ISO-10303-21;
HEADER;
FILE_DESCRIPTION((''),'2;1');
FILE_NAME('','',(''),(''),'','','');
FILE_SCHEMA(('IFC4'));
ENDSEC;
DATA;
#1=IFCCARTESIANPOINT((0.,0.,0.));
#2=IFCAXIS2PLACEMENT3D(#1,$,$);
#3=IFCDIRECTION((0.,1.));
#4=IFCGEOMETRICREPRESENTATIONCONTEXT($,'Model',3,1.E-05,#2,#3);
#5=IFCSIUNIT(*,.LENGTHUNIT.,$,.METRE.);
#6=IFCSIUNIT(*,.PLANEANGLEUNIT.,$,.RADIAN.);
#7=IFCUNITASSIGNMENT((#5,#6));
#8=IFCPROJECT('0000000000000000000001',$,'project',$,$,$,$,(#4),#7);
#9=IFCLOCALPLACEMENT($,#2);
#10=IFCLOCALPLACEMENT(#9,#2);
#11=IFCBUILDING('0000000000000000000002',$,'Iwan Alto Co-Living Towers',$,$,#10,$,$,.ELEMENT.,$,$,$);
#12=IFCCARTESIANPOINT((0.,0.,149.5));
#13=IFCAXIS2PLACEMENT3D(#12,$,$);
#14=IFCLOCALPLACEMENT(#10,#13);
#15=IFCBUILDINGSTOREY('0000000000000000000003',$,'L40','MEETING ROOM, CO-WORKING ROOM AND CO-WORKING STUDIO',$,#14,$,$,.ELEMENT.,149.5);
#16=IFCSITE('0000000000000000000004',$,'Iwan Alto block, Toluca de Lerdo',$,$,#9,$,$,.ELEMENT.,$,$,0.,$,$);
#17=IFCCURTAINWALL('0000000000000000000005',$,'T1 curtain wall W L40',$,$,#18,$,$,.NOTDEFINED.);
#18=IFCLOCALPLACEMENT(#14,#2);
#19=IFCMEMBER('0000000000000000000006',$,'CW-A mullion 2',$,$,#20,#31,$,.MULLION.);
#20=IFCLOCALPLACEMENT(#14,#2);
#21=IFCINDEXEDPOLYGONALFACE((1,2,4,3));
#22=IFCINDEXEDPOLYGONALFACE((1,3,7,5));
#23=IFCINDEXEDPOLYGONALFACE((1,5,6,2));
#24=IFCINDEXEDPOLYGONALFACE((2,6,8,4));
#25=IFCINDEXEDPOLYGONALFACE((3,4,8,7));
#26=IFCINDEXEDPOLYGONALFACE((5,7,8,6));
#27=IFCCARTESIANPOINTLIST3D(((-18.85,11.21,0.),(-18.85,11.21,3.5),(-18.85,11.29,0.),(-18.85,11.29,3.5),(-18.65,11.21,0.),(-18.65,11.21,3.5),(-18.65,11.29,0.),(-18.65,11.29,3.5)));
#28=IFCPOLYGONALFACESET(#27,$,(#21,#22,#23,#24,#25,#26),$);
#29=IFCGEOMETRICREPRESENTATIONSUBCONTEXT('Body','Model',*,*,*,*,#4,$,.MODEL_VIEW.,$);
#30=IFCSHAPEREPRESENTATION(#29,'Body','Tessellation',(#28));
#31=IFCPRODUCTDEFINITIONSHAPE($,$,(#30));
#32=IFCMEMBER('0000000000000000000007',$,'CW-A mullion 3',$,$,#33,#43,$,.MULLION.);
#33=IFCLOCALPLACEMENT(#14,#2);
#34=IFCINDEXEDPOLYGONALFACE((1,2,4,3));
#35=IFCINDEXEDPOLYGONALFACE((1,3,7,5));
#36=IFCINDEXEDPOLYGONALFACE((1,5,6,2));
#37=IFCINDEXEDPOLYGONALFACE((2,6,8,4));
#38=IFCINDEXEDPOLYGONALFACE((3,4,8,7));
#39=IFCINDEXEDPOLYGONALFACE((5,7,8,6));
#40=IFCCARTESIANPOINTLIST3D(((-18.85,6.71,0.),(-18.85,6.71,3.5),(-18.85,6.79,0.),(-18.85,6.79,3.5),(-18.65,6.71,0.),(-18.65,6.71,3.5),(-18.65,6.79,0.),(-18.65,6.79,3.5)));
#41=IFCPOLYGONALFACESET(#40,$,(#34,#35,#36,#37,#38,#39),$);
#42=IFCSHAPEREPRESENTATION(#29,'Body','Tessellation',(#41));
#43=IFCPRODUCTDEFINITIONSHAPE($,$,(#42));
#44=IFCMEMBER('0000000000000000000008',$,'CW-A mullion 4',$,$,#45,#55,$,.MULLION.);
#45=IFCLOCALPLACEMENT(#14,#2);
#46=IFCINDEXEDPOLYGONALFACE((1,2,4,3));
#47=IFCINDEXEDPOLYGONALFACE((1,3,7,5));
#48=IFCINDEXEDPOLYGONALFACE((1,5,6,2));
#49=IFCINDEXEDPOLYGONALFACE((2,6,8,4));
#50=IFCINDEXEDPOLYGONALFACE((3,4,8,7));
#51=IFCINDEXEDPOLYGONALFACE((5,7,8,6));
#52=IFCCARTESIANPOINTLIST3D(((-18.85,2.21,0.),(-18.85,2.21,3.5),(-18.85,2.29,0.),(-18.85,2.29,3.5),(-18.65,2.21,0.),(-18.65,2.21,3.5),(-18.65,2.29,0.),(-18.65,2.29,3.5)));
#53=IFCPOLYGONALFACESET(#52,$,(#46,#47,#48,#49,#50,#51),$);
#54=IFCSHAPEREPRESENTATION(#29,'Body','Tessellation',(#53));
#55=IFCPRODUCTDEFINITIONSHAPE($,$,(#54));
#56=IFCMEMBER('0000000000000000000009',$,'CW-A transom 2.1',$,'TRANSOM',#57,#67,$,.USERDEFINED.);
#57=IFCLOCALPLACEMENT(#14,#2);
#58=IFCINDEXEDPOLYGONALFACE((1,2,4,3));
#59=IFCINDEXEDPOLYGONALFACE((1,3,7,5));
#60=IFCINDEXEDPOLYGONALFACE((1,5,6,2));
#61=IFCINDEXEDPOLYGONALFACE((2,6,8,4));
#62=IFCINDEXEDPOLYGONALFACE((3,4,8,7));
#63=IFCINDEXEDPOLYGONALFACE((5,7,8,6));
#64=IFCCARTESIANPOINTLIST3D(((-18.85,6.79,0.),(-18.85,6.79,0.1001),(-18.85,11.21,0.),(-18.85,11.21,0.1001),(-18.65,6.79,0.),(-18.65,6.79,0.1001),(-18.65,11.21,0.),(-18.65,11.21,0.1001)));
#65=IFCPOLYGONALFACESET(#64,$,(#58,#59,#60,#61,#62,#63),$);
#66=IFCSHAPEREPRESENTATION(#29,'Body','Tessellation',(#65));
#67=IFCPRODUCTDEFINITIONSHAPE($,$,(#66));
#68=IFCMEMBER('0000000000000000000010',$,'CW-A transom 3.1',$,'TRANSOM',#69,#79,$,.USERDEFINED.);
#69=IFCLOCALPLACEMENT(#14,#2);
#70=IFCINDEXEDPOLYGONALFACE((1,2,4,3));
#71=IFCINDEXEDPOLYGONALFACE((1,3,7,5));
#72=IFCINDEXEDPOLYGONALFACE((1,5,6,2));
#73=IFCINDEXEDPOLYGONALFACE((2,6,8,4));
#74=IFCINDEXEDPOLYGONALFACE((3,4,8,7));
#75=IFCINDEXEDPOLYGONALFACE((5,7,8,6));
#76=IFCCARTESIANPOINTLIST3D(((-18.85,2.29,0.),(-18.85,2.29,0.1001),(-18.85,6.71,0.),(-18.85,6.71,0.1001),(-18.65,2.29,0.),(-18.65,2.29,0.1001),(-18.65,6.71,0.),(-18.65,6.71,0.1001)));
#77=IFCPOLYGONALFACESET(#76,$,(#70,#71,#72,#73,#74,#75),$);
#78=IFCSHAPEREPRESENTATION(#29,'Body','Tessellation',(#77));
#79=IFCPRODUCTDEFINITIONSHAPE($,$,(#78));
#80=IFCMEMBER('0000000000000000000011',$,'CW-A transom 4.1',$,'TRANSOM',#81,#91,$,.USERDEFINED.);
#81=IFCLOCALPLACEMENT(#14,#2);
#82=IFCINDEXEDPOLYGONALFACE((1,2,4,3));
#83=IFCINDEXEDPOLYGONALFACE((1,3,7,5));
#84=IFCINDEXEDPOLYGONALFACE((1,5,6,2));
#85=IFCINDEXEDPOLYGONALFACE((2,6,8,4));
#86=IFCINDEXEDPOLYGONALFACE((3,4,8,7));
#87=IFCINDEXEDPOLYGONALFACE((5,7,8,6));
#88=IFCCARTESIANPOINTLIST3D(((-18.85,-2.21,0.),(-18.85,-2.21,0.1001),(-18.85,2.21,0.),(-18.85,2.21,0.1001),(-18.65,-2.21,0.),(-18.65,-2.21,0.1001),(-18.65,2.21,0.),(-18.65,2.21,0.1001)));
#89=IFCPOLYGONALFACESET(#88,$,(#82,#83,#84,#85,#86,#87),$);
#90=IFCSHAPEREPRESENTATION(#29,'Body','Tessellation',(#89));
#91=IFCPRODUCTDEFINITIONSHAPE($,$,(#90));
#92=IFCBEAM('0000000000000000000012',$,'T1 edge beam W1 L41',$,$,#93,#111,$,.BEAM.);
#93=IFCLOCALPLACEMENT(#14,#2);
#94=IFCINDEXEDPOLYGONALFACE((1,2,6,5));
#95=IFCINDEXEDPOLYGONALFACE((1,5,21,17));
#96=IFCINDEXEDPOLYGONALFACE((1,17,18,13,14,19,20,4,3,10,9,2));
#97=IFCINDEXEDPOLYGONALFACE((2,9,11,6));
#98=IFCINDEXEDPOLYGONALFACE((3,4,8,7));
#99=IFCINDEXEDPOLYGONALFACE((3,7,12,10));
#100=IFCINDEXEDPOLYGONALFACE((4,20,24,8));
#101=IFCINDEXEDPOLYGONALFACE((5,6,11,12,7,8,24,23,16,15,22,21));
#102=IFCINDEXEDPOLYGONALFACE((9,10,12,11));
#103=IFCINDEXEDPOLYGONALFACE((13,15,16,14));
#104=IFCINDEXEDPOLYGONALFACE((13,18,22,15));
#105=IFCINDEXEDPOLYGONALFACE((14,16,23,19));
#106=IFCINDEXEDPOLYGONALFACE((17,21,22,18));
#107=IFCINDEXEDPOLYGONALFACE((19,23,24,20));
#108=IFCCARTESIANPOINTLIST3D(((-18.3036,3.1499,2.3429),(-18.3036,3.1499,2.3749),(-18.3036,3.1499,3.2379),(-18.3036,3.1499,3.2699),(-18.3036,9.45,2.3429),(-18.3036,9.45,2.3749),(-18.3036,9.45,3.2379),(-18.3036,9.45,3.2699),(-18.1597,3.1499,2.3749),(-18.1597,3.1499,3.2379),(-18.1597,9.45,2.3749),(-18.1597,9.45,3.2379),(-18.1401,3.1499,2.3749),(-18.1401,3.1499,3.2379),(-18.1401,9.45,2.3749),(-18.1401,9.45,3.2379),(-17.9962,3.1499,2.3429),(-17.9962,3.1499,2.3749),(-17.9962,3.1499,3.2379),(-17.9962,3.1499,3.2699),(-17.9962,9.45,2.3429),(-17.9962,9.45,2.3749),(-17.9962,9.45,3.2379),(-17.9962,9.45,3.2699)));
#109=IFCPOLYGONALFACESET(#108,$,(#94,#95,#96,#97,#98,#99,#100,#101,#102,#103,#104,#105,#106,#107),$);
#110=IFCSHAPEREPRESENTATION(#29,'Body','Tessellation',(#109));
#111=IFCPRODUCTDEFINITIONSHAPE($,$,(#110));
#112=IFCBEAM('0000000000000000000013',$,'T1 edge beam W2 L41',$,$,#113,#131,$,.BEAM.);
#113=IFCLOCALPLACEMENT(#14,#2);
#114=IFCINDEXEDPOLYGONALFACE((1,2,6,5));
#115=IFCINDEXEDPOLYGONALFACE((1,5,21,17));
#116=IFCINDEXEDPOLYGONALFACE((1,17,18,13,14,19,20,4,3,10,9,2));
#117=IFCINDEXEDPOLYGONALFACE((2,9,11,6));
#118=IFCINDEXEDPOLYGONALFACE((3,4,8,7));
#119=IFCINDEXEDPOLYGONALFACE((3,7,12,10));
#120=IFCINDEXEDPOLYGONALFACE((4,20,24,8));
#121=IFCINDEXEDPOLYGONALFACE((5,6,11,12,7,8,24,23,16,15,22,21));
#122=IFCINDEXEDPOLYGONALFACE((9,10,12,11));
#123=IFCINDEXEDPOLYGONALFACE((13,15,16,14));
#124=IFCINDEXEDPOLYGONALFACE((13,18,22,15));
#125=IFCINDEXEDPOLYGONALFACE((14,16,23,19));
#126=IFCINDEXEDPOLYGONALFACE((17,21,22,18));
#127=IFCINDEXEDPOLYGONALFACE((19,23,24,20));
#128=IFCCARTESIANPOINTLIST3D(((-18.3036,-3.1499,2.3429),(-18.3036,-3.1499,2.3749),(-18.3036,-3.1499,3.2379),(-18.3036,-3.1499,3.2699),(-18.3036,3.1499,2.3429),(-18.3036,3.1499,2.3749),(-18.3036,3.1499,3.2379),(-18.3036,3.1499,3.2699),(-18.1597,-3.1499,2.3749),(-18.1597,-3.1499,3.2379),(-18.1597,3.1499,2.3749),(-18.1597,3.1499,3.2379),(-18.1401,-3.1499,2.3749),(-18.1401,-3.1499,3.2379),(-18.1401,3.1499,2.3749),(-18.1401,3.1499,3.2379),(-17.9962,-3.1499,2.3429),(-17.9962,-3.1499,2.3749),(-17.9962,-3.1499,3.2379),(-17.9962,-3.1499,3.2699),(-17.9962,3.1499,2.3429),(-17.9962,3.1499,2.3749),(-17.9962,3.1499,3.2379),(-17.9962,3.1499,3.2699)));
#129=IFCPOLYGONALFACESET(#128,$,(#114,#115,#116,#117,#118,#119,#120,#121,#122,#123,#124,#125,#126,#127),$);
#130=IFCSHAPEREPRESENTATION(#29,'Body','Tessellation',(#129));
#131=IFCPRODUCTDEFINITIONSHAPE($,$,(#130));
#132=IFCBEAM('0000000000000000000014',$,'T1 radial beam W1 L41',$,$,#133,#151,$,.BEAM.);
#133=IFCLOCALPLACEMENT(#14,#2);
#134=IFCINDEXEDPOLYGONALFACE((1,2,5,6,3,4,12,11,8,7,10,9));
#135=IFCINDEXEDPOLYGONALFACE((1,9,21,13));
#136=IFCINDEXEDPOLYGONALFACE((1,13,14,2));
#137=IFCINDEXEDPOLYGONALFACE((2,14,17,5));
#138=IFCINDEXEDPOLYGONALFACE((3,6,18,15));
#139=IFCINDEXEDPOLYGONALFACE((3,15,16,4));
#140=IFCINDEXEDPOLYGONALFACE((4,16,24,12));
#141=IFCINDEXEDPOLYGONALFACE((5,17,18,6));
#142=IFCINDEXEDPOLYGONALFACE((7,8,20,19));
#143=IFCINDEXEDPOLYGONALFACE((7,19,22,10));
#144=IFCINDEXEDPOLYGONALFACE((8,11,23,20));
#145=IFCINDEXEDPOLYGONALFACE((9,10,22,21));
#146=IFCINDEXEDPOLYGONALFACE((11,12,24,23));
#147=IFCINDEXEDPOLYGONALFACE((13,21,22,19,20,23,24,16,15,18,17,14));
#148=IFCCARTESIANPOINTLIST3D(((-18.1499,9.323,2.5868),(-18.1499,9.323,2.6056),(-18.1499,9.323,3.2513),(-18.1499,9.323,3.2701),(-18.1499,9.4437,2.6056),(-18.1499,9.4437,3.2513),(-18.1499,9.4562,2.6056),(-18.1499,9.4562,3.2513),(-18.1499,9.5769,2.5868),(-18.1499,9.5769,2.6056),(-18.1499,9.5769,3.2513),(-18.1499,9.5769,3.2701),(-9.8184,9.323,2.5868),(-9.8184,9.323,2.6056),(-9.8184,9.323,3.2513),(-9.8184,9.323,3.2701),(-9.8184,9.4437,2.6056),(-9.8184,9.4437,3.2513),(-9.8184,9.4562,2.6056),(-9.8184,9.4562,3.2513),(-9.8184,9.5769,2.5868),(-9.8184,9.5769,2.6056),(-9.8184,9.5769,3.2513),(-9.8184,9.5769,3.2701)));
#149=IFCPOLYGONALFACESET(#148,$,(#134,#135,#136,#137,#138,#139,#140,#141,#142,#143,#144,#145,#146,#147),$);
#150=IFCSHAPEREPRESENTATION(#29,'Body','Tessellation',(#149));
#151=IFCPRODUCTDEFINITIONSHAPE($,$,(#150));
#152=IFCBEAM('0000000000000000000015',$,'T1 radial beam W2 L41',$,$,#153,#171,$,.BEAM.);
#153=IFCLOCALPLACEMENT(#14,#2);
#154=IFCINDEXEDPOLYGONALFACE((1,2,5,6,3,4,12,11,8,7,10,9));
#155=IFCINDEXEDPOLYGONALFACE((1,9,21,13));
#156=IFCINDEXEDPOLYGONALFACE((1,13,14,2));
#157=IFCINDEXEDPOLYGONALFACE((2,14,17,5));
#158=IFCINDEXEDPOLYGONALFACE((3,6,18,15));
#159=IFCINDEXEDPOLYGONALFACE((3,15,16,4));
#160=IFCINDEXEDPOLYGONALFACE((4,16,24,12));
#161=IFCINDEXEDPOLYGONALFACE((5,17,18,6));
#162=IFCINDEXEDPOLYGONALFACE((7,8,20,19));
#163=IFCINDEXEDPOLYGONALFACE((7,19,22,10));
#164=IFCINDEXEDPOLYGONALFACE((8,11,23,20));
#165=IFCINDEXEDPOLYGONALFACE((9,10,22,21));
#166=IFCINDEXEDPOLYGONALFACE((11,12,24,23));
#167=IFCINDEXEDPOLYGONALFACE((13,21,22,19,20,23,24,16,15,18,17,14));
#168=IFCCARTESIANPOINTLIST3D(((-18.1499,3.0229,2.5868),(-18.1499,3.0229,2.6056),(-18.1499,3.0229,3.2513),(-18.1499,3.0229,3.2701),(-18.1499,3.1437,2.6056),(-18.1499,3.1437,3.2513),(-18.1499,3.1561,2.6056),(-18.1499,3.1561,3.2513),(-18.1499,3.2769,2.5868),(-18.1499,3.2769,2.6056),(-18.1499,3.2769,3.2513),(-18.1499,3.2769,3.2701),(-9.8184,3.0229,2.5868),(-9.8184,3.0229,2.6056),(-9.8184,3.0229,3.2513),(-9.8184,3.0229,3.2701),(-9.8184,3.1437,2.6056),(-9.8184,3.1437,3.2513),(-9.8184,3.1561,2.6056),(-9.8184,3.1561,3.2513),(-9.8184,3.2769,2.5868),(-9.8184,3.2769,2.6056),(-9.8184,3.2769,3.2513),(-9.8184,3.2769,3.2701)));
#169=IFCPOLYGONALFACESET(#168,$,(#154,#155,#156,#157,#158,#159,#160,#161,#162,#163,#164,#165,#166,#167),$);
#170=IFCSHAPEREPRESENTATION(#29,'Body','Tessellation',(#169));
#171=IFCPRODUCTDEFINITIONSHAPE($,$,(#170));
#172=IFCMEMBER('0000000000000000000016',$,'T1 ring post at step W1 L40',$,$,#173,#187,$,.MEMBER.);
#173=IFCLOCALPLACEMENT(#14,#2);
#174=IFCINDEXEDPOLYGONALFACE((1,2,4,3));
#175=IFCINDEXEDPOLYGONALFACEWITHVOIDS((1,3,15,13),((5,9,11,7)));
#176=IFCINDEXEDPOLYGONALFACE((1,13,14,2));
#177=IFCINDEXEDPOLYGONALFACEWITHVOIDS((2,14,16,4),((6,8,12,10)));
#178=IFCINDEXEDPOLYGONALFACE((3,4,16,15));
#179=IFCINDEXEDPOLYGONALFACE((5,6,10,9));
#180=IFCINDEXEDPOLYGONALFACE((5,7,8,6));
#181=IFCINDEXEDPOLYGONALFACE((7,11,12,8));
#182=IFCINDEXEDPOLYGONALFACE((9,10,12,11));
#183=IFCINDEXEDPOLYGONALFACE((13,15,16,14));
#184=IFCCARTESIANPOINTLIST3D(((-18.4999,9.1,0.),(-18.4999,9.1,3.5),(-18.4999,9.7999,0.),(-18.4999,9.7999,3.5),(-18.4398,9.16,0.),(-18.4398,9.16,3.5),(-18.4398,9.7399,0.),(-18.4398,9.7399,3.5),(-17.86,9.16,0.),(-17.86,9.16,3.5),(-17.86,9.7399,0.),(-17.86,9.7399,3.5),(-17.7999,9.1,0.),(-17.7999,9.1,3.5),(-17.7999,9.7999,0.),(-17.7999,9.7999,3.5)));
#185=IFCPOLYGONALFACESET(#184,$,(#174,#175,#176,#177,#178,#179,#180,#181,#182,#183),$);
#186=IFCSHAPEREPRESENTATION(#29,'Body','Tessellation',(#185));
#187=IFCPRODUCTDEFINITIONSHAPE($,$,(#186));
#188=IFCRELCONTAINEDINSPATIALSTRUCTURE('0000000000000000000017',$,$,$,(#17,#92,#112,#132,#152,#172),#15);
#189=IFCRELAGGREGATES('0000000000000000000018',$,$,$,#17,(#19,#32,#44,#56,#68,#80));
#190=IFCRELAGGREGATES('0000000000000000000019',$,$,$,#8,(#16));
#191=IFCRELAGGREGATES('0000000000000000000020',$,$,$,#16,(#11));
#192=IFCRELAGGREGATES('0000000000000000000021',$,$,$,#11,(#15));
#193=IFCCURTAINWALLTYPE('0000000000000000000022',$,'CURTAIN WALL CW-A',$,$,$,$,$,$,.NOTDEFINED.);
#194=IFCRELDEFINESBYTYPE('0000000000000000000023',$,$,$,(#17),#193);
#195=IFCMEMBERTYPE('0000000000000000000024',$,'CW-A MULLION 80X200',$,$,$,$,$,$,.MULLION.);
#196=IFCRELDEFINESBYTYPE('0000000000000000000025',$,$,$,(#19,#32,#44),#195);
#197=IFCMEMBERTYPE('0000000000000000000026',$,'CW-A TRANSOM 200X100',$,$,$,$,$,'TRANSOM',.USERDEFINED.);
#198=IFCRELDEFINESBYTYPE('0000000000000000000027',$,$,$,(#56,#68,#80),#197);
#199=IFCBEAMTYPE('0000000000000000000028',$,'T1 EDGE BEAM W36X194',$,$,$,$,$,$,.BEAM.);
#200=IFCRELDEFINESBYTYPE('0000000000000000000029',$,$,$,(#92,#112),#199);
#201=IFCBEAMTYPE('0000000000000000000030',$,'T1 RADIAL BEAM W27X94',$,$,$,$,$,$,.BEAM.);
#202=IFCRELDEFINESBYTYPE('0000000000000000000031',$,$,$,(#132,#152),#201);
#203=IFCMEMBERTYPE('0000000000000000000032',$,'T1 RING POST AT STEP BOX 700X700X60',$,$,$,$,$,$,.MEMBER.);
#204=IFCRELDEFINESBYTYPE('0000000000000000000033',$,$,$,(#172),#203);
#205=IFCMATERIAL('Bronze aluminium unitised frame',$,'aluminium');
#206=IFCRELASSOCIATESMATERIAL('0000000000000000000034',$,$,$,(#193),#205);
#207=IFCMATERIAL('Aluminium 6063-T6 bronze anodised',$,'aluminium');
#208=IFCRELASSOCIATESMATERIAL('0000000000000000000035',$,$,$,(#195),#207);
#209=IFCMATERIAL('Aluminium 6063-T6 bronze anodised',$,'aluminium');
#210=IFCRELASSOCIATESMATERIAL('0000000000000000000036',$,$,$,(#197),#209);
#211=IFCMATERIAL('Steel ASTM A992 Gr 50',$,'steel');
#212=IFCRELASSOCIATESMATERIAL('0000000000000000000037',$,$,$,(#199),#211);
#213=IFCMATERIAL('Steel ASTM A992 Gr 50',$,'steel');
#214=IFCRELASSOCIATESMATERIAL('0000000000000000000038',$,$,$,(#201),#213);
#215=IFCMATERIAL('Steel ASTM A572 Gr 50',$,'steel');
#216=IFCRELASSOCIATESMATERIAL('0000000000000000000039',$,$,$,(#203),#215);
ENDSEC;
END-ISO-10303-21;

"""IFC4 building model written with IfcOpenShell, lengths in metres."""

from ifc_helpers import new_model, si_unit, direction, frame, origin, origin_2d, place, context, subcontext, project, spatial, rectangle, hollow_rectangle, i_section, extrude, material, material_profile, profile_set, type_object, element, aggregate, save


model = new_model("IFC4")

# Units and contexts
model_context = context("Model", 3, precision=1e-05, world=origin(), true_north=direction((0.0, 1.0)))
body_context = subcontext(model_context, "Body", "Model", "MODEL_VIEW")
ifc_project = project(units=[si_unit("LENGTHUNIT", "METRE"), si_unit("PLANEANGLEUNIT", "RADIAN")], contexts=[model_context])

# Site, building, storey
site_placement = place(None, origin())
site = spatial("IfcSite", under=ifc_project, at=site_placement, Name="Iwan Alto block, Toluca de Lerdo", CompositionType="ELEMENT", RefElevation=0.0)
building_placement = place(site_placement, origin())
building = spatial("IfcBuilding", under=site, at=building_placement, Name="Iwan Alto Co-Living Towers", CompositionType="ELEMENT")
storey_placement = place(building_placement, frame((0.0, 0.0, 149.5)))
storey = spatial("IfcBuildingStorey", under=building, at=storey_placement, Name="L40", Description="MEETING ROOM, CO-WORKING ROOM AND CO-WORKING STUDIO", CompositionType="ELEMENT", Elevation=149.5)

# Curtain wall, members
ifc_material_1 = material(Name="Bronze aluminium unitised frame", Category="aluminium")
curtain_wall_type = type_object("IfcCurtainWallType", Name="CURTAIN WALL CW-A", PredefinedType="NOTDEFINED", material=ifc_material_1)
curtain_wall_placement = place(storey_placement, origin())
curtain_wall = element("IfcCurtainWall", 1, at=curtain_wall_placement, inside=storey, type_object=curtain_wall_type, Name="T1 curtain wall W L40", PredefinedType="NOTDEFINED")
ifc_material_2 = material(Name="Aluminium 6063-T6 bronze anodised", Category="aluminium")
ifc_material_profile_1 = material_profile(ifc_material_2, rectangle(XDim=0.2, YDim=0.0801, at=origin_2d()), Name="AL 80X200")
ifc_profile_set_1 = profile_set([ifc_material_profile_1], Name="Aluminium 6063-T6 bronze anodised")
member_type_1 = type_object("IfcMemberType", Name="CW-A MULLION 80X200", PredefinedType="MULLION", material=ifc_profile_set_1)
member_1_placement = place(storey_placement, frame((-18.75, 11.25, 0.0), z_axis=(0.0, 0.0, 1.0), x_axis=(1.0, 0.0, 0.0)))
member_1 = element("IfcMember", 2, at=member_1_placement, type_object=member_type_1, Name="CW-A mullion 2", PredefinedType="MULLION", context=body_context, shape_type="SweptSolid", body=[
    extrude(rectangle(XDim=0.2, YDim=0.0801, at=origin_2d()), origin(), (0.0, 0.0, 1.0), 3.5),
])
member_2_placement = place(storey_placement, frame((-18.75, 6.75, 0.0), z_axis=(0.0, 0.0, 1.0), x_axis=(1.0, 0.0, 0.0)))
member_2 = element("IfcMember", 3, at=member_2_placement, type_object=member_type_1, Name="CW-A mullion 3", PredefinedType="MULLION", context=body_context, shape_type="SweptSolid", body=[
    extrude(rectangle(XDim=0.2, YDim=0.0801, at=origin_2d()), origin(), (0.0, 0.0, 1.0), 3.5),
])
member_3_placement = place(storey_placement, frame((-18.75, 2.25, 0.0), z_axis=(0.0, 0.0, 1.0), x_axis=(1.0, 0.0, 0.0)))
member_3 = element("IfcMember", 4, at=member_3_placement, type_object=member_type_1, Name="CW-A mullion 4", PredefinedType="MULLION", context=body_context, shape_type="SweptSolid", body=[
    extrude(rectangle(XDim=0.2, YDim=0.0801, at=origin_2d()), origin(), (0.0, 0.0, 1.0), 3.5),
])
ifc_material_3 = material(Name="Aluminium 6063-T6 bronze anodised", Category="aluminium")
ifc_material_profile_2 = material_profile(ifc_material_3, rectangle(XDim=0.2, YDim=0.1001, at=origin_2d()), Name="AL 200X100")
ifc_profile_set_2 = profile_set([ifc_material_profile_2], Name="Aluminium 6063-T6 bronze anodised")
member_type_2 = type_object("IfcMemberType", Name="CW-A TRANSOM 200X100", ElementType="TRANSOM", PredefinedType="USERDEFINED", material=ifc_profile_set_2)
member_4_placement = place(storey_placement, frame((-18.75, 11.21, 0.05), z_axis=(0.0, -1.0, 0.0), x_axis=(1.0, 0.0, 0.0)))
member_4 = element("IfcMember", 5, at=member_4_placement, type_object=member_type_2, Name="CW-A transom 2.1", ObjectType="TRANSOM", PredefinedType="USERDEFINED", context=body_context, shape_type="SweptSolid", body=[
    extrude(rectangle(XDim=0.2, YDim=0.1001, at=origin_2d()), origin(), (0.0, 0.0, 1.0), 4.4199),
])
member_5_placement = place(storey_placement, frame((-18.75, 6.71, 0.05), z_axis=(0.0, -1.0, 0.0), x_axis=(1.0, 0.0, 0.0)))
member_5 = element("IfcMember", 6, at=member_5_placement, type_object=member_type_2, Name="CW-A transom 3.1", ObjectType="TRANSOM", PredefinedType="USERDEFINED", context=body_context, shape_type="SweptSolid", body=[
    extrude(rectangle(XDim=0.2, YDim=0.1001, at=origin_2d()), origin(), (0.0, 0.0, 1.0), 4.4199),
])
member_6_placement = place(storey_placement, frame((-18.75, 2.21, 0.05), z_axis=(0.0, -1.0, 0.0), x_axis=(1.0, 0.0, 0.0)))
member_6 = element("IfcMember", 7, at=member_6_placement, type_object=member_type_2, Name="CW-A transom 4.1", ObjectType="TRANSOM", PredefinedType="USERDEFINED", context=body_context, shape_type="SweptSolid", body=[
    extrude(rectangle(XDim=0.2, YDim=0.1001, at=origin_2d()), origin(), (0.0, 0.0, 1.0), 4.4199),
])

# Beams
ifc_material_4 = material(Name="Steel ASTM A992 Gr 50", Category="steel")
ifc_material_profile_3 = material_profile(ifc_material_4, i_section(OverallWidth=0.3074, OverallDepth=0.927, WebThickness=0.0195, FlangeThickness=0.032, at=origin_2d()), Name="W36X194")
ifc_profile_set_3 = profile_set([ifc_material_profile_3], Name="Steel ASTM A992 Gr 50")
beam_type_1 = type_object("IfcBeamType", Name="T1 EDGE BEAM W36X194", PredefinedType="BEAM", material=ifc_profile_set_3)
beam_1_placement = place(storey_placement, frame((-18.1499, 9.45, 2.8064), z_axis=(0.0, -1.0, 0.0), x_axis=(1.0, 0.0, 0.0)))
element("IfcBeam", 8, at=beam_1_placement, inside=storey, type_object=beam_type_1, Name="T1 edge beam W1 L41", PredefinedType="BEAM", context=body_context, shape_type="SweptSolid", body=[
    extrude(i_section(OverallWidth=0.3074, OverallDepth=0.927, WebThickness=0.0195, FlangeThickness=0.032, at=origin_2d()), origin(), (0.0, 0.0, 1.0), 6.3),
])
beam_2_placement = place(storey_placement, frame((-18.1499, 3.1499, 2.8064), z_axis=(0.0, -1.0, 0.0), x_axis=(1.0, 0.0, 0.0)))
element("IfcBeam", 9, at=beam_2_placement, inside=storey, type_object=beam_type_1, Name="T1 edge beam W2 L41", PredefinedType="BEAM", context=body_context, shape_type="SweptSolid", body=[
    extrude(i_section(OverallWidth=0.3074, OverallDepth=0.927, WebThickness=0.0195, FlangeThickness=0.032, at=origin_2d()), origin(), (0.0, 0.0, 1.0), 6.2998),
])
ifc_material_5 = material(Name="Steel ASTM A992 Gr 50", Category="steel")
ifc_material_profile_4 = material_profile(ifc_material_5, i_section(OverallWidth=0.2539, OverallDepth=0.6833, WebThickness=0.0125, FlangeThickness=0.0188, at=origin_2d()), Name="W27X94")
ifc_profile_set_4 = profile_set([ifc_material_profile_4], Name="Steel ASTM A992 Gr 50")
beam_type_2 = type_object("IfcBeamType", Name="T1 RADIAL BEAM W27X94", PredefinedType="BEAM", material=ifc_profile_set_4)
for number, where, z_axis, x_axis, name in (
    (10, (-18.1499, 9.45, 2.9285), (1.0, 0.0, 0.0), (0.0, 1.0, 0.0), "T1 radial beam W1 L41"),
    (11, (-18.1499, 3.1499, 2.9285), (1.0, 0.0, 0.0), (0.0, 1.0, 0.0), "T1 radial beam W2 L41"),
):
    element("IfcBeam", number, at=place(storey_placement, frame(where, z_axis=z_axis, x_axis=x_axis)), inside=storey, type_object=beam_type_2, Name=name, PredefinedType="BEAM", context=body_context, shape_type="SweptSolid", body=[
        extrude(i_section(OverallWidth=0.2539, OverallDepth=0.6833, WebThickness=0.0125, FlangeThickness=0.0188, at=origin_2d()), origin(), (0.0, 0.0, 1.0), 8.3315),
    ])

# Member
ifc_material_6 = material(Name="Steel ASTM A572 Gr 50", Category="steel")
ifc_material_profile_5 = material_profile(ifc_material_6, hollow_rectangle(XDim=0.7, YDim=0.7, WallThickness=0.0601, at=origin_2d()), Name="BOX 700X700X60")
ifc_profile_set_5 = profile_set([ifc_material_profile_5], Name="Steel ASTM A572 Gr 50")
member_type_3 = type_object("IfcMemberType", Name="T1 RING POST AT STEP BOX 700X700X60", PredefinedType="MEMBER", material=ifc_profile_set_5)
for number, where, z_axis, x_axis, name in (
    (12, (-18.1499, 9.45, 0.0), (0.0, 0.0, 1.0), (1.0, 0.0, 0.0), "T1 ring post at step W1 L40"),
):
    element("IfcMember", number, at=place(storey_placement, frame(where, z_axis=z_axis, x_axis=x_axis)), inside=storey, type_object=member_type_3, Name=name, PredefinedType="MEMBER", context=body_context, shape_type="SweptSolid", body=[
        extrude(hollow_rectangle(XDim=0.7, YDim=0.7, WallThickness=0.0601, at=origin_2d()), origin(), (0.0, 0.0, 1.0), 3.5),
    ])

aggregate(curtain_wall, [member_1, member_2, member_3, member_4, member_5, member_6])

save(model, "model.ifc")
